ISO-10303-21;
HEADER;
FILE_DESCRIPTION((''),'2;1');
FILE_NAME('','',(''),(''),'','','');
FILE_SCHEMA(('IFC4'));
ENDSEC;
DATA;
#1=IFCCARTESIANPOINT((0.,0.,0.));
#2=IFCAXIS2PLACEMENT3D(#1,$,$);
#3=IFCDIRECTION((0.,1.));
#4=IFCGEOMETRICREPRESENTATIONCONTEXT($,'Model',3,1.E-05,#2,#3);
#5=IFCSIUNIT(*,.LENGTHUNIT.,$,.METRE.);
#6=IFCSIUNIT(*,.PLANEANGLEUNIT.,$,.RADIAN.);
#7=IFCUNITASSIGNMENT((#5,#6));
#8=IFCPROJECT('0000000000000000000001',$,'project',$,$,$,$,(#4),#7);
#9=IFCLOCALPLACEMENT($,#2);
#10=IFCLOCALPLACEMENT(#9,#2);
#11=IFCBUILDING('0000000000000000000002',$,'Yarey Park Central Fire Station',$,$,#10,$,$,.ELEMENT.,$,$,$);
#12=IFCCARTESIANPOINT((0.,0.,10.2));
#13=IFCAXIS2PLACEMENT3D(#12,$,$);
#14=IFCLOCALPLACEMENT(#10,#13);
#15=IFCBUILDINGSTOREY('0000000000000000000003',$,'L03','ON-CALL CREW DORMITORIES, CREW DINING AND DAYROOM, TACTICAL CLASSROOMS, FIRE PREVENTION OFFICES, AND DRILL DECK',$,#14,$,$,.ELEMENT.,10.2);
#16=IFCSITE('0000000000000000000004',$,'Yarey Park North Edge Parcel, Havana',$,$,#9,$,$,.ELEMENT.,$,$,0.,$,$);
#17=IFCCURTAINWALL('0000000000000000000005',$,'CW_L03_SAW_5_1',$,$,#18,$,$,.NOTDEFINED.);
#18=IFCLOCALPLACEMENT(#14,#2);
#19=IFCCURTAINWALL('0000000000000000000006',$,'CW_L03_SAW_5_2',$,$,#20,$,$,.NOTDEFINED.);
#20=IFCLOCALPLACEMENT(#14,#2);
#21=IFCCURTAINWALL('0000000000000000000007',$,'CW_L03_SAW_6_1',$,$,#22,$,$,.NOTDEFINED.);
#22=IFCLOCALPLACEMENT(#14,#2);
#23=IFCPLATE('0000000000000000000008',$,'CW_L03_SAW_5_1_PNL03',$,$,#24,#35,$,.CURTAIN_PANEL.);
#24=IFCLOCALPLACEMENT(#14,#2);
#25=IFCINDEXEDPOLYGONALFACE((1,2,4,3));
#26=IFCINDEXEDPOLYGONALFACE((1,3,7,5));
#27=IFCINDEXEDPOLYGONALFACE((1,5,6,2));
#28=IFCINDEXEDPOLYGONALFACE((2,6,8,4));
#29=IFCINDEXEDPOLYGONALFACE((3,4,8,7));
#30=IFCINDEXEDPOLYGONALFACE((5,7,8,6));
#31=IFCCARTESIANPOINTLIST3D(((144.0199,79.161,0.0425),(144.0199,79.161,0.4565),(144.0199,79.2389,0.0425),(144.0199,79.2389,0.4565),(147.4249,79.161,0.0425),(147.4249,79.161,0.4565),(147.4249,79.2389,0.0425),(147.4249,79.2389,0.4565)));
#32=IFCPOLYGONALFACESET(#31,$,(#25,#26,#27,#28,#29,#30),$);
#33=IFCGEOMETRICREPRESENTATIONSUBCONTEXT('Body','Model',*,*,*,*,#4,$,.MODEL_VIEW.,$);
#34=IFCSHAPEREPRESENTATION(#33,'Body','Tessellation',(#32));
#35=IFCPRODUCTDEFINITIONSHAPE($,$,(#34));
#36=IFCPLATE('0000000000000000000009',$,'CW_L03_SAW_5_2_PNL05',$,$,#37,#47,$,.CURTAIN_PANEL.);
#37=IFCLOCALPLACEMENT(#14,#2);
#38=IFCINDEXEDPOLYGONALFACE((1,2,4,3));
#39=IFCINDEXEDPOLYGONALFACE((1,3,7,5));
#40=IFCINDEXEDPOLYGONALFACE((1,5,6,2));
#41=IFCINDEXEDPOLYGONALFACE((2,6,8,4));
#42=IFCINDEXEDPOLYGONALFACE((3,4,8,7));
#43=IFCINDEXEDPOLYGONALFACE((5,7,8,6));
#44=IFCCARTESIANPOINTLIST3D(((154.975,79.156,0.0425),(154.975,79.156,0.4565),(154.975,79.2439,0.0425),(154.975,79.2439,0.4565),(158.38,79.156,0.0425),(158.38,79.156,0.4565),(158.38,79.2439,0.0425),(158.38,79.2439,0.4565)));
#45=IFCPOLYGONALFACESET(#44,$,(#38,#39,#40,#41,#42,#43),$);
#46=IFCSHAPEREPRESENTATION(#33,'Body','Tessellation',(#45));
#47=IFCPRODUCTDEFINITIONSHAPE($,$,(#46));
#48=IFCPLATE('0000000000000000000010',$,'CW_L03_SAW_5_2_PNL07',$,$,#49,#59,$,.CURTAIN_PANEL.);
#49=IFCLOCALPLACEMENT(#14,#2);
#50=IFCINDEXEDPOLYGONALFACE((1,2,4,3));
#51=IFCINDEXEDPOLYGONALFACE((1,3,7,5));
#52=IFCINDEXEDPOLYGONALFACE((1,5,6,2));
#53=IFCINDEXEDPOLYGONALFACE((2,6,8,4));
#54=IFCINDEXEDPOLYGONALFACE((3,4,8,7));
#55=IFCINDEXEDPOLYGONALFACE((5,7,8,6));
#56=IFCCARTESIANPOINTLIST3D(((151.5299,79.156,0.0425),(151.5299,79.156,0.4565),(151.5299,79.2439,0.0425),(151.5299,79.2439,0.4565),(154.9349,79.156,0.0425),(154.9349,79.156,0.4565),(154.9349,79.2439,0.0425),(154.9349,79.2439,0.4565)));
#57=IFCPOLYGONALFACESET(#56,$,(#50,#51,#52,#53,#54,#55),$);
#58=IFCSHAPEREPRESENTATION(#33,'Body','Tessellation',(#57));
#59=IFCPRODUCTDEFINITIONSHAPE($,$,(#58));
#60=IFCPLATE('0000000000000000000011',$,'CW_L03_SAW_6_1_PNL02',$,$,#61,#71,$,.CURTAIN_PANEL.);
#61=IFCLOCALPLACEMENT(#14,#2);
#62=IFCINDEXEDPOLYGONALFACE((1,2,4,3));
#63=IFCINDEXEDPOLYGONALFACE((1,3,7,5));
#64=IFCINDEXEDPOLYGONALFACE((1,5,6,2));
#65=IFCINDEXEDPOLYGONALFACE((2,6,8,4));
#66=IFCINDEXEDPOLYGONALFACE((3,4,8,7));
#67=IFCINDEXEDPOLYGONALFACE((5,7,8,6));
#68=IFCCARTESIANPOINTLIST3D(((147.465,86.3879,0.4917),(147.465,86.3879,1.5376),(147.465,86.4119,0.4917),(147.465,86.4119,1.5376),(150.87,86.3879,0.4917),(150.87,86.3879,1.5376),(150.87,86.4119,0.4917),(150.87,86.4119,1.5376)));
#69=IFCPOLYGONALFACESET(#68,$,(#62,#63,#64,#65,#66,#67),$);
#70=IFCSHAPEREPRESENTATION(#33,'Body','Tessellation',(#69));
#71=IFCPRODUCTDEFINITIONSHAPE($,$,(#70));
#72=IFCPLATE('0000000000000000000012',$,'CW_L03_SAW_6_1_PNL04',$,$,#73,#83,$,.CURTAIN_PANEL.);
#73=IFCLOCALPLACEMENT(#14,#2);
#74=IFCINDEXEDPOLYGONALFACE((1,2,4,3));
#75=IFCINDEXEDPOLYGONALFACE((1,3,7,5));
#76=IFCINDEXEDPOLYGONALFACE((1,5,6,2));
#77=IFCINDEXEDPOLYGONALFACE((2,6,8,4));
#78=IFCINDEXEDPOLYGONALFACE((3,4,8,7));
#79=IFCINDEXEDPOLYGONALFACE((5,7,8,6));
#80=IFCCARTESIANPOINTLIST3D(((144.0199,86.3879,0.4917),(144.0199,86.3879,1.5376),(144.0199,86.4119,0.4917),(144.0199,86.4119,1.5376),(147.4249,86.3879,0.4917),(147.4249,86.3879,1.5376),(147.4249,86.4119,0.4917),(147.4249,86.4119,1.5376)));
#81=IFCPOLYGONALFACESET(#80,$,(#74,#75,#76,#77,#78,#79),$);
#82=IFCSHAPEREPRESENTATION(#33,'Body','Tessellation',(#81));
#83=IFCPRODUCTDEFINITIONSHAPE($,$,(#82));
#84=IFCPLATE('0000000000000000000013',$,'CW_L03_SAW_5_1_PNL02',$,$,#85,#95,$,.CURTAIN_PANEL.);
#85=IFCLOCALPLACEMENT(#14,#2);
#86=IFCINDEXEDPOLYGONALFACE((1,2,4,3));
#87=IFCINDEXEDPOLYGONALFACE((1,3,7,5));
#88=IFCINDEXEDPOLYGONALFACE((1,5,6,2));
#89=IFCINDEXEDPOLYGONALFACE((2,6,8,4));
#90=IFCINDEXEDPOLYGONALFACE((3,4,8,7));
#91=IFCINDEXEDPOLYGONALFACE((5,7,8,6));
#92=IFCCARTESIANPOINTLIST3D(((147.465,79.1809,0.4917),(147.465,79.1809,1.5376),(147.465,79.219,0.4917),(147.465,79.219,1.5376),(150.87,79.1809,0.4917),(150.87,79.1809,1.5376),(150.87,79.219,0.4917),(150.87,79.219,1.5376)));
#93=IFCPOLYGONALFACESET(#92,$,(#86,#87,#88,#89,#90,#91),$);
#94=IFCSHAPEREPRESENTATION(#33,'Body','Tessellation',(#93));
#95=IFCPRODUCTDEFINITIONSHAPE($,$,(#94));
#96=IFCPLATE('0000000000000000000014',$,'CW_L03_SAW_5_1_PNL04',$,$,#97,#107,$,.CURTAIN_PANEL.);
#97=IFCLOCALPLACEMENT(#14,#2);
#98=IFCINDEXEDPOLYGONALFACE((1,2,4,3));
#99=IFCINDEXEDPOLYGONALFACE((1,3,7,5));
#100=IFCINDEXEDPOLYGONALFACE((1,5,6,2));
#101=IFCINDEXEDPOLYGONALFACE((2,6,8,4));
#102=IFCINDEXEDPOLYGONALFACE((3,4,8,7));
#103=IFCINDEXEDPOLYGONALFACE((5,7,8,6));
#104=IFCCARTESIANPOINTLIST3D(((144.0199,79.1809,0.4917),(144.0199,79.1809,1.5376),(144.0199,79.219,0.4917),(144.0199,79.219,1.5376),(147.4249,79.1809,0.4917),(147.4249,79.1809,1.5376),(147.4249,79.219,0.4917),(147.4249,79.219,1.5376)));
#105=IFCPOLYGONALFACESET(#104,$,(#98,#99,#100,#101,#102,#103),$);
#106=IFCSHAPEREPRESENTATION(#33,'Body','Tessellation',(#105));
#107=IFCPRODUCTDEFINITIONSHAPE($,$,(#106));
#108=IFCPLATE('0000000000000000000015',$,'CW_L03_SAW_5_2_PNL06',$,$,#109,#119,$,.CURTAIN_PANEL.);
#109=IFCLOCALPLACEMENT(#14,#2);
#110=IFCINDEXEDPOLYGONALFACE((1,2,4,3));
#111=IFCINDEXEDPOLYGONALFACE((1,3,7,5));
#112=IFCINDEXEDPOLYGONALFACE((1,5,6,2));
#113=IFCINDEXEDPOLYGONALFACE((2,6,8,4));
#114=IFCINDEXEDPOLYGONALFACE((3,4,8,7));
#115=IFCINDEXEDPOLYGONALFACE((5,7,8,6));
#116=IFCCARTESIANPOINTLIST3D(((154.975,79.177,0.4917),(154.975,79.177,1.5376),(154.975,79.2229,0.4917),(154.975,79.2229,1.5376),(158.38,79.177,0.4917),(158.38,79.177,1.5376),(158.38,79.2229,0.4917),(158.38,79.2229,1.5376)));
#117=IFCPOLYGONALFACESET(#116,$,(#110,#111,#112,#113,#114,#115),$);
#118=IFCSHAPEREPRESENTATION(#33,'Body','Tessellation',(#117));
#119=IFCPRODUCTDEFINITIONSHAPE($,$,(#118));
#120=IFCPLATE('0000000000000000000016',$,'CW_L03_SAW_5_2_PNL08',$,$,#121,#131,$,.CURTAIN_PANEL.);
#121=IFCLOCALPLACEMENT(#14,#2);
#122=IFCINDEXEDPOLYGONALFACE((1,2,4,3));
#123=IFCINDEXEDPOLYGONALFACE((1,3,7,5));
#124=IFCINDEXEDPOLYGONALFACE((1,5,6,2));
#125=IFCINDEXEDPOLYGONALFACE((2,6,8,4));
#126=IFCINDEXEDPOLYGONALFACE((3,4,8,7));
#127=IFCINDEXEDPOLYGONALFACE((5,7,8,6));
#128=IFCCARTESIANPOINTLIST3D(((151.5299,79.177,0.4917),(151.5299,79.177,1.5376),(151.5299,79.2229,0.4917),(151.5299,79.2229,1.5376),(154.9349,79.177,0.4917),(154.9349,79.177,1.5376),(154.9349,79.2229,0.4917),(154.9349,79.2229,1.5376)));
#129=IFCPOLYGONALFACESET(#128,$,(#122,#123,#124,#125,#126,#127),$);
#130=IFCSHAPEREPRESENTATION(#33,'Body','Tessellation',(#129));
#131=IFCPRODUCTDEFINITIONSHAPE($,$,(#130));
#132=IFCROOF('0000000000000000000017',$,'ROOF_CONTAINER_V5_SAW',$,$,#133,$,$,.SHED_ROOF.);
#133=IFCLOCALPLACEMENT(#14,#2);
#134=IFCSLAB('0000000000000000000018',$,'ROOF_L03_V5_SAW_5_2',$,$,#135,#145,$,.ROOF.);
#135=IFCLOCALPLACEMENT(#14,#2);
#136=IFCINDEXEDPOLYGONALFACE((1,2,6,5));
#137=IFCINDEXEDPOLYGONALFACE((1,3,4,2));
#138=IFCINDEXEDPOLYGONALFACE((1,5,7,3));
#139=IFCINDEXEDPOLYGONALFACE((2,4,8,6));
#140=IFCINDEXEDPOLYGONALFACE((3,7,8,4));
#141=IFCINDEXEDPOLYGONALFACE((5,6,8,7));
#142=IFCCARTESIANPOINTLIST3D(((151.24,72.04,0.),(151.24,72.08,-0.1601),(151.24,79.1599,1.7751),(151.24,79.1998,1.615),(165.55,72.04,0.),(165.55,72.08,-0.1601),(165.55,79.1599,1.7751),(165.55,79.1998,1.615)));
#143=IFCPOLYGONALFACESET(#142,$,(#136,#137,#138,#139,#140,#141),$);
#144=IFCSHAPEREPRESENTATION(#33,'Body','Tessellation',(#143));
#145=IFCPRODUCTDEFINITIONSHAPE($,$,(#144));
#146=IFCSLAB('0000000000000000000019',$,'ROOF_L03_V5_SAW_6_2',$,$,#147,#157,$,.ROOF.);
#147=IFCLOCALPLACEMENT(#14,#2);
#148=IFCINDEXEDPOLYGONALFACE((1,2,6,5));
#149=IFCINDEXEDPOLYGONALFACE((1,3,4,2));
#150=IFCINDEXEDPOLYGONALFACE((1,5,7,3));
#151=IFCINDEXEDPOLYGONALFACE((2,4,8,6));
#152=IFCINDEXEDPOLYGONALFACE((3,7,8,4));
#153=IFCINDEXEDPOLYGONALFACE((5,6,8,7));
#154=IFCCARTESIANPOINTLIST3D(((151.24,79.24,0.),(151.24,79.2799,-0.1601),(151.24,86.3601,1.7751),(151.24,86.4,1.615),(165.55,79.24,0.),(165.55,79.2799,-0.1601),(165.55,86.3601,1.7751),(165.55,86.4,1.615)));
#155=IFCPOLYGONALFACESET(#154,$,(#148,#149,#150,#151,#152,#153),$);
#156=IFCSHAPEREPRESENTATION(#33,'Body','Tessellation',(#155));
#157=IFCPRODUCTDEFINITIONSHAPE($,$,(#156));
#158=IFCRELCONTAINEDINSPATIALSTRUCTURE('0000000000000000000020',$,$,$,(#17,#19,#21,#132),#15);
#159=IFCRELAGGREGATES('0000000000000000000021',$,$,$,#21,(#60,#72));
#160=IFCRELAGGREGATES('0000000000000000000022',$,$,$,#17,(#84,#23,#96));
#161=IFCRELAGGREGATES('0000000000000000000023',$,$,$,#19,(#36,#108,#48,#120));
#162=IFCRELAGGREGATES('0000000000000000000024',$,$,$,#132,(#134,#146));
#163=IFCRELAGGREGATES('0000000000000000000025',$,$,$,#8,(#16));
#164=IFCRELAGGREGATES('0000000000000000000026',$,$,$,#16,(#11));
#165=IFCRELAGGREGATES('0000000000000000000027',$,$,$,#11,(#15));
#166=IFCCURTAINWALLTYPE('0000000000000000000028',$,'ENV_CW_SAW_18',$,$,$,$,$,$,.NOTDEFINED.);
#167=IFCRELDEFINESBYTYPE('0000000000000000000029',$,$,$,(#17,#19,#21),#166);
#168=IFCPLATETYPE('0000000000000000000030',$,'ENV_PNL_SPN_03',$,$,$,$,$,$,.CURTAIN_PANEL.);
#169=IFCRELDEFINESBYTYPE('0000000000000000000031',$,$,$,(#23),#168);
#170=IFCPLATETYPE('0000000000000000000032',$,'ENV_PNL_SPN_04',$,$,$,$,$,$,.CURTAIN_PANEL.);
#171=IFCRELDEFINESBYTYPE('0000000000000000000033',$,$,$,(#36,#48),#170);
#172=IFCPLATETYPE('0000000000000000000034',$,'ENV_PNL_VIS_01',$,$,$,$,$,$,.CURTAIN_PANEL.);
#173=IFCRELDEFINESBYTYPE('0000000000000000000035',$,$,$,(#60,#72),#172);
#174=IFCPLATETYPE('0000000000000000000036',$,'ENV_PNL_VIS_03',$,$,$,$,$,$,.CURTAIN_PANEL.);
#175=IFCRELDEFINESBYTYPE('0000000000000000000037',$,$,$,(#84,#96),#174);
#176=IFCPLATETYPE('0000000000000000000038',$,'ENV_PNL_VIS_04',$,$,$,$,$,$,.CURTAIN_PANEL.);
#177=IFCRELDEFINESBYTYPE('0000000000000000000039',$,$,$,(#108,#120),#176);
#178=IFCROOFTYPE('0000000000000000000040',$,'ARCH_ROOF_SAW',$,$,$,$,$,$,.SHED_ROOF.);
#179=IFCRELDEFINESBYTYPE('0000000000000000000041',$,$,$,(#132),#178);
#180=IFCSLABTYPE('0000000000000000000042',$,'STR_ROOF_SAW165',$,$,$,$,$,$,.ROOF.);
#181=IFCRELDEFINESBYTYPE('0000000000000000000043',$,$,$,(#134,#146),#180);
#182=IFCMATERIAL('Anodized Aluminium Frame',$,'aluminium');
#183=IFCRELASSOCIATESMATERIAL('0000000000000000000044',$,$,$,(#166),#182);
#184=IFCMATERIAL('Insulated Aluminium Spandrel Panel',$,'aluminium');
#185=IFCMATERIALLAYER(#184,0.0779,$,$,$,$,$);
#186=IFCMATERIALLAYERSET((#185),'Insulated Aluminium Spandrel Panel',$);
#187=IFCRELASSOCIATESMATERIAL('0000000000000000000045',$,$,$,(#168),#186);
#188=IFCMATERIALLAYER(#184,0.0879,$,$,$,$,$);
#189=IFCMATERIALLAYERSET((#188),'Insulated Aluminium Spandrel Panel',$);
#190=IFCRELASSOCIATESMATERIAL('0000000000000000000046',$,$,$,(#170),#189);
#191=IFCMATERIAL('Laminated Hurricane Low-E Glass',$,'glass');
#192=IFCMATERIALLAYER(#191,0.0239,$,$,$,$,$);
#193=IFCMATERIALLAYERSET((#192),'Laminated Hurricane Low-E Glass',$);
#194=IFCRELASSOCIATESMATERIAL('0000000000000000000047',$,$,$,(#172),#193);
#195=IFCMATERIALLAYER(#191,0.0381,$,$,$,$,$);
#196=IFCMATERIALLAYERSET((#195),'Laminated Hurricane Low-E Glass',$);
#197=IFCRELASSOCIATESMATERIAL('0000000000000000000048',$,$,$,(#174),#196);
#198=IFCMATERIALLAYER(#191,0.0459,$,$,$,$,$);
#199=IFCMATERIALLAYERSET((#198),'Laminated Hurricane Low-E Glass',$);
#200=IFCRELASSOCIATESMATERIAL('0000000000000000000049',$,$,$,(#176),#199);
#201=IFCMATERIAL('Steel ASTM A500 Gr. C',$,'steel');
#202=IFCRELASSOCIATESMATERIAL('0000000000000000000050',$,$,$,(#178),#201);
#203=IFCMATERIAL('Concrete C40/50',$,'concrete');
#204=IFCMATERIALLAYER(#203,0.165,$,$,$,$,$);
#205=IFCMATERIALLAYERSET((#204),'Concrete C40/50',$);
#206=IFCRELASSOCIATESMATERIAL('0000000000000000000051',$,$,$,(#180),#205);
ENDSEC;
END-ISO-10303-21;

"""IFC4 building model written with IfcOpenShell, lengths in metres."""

from ifc_helpers import new_model, si_unit, direction, frame, origin, origin_2d, place, context, subcontext, project, spatial, polyline, rectangle, outline, extrude, material, layer, layer_set, type_object, element, aggregate, save


model = new_model("IFC4")

# Units and contexts
model_context = context("Model", 3, precision=1e-05, world=origin(), true_north=direction((0.0, 1.0)))
body_context = subcontext(model_context, "Body", "Model", "MODEL_VIEW")
ifc_project = project(units=[si_unit("LENGTHUNIT", "METRE"), si_unit("PLANEANGLEUNIT", "RADIAN")], contexts=[model_context])

# Site, building, storey
site_placement = place(None, origin())
site = spatial("IfcSite", under=ifc_project, at=site_placement, Name="Yarey Park North Edge Parcel, Havana", CompositionType="ELEMENT", RefElevation=0.0)
building_placement = place(site_placement, origin())
building = spatial("IfcBuilding", under=site, at=building_placement, Name="Yarey Park Central Fire Station", CompositionType="ELEMENT")
storey_placement = place(building_placement, frame((0.0, 0.0, 10.2)))
storey = spatial("IfcBuildingStorey", under=building, at=storey_placement, Name="L03", Description="ON-CALL CREW DORMITORIES, CREW DINING AND DAYROOM, TACTICAL CLASSROOMS, FIRE PREVENTION OFFICES, AND DRILL DECK", CompositionType="ELEMENT", Elevation=10.2)

# Curtain walls
ifc_material_1 = material(Name="Anodized Aluminium Frame", Category="aluminium")
curtain_wall_type = type_object("IfcCurtainWallType", Name="ENV_CW_SAW_18", PredefinedType="NOTDEFINED", material=ifc_material_1)
curtain_wall_1_placement = place(storey_placement, origin())
curtain_wall_1 = element("IfcCurtainWall", 1, at=curtain_wall_1_placement, inside=storey, type_object=curtain_wall_type, Name="CW_L03_SAW_5_1", PredefinedType="NOTDEFINED")
curtain_wall_2_placement = place(storey_placement, origin())
curtain_wall_2 = element("IfcCurtainWall", 2, at=curtain_wall_2_placement, inside=storey, type_object=curtain_wall_type, Name="CW_L03_SAW_5_2", PredefinedType="NOTDEFINED")
curtain_wall_3_placement = place(storey_placement, origin())
curtain_wall_3 = element("IfcCurtainWall", 3, at=curtain_wall_3_placement, inside=storey, type_object=curtain_wall_type, Name="CW_L03_SAW_6_1", PredefinedType="NOTDEFINED")

# Shared definitions
ifc_material_2 = material(Name="Steel ASTM A500 Gr. C", Category="steel")

# Plates
ifc_material_3 = material(Name="Insulated Aluminium Spandrel Panel", Category="aluminium")
ifc_layer_1 = layer(ifc_material_3, 0.0779)
ifc_layer_set_1 = layer_set([ifc_layer_1], Name="Insulated Aluminium Spandrel Panel")
plate_type_1 = type_object("IfcPlateType", Name="ENV_PNL_SPN_03", PredefinedType="CURTAIN_PANEL", material=ifc_layer_set_1)
plate_1_placement = place(storey_placement, frame((145.7224, 79.2, 0.0425), z_axis=(0.0, 0.0, 1.0), x_axis=(-1.0, 0.0, 0.0)))
plate_1 = element("IfcPlate", 4, at=plate_1_placement, type_object=plate_type_1, Name="CW_L03_SAW_5_1_PNL03", PredefinedType="CURTAIN_PANEL", context=body_context, shape_type="SweptSolid", body=[
    extrude(rectangle(XDim=3.405, YDim=0.0779, at=origin_2d()), origin(), (0.0, 0.0, 1.0), 0.4141),
])
ifc_layer_2 = layer(ifc_material_3, 0.0879)
ifc_layer_set_2 = layer_set([ifc_layer_2], Name="Insulated Aluminium Spandrel Panel")
plate_type_2 = type_object("IfcPlateType", Name="ENV_PNL_SPN_04", PredefinedType="CURTAIN_PANEL", material=ifc_layer_set_2)
plate_2_placement = place(storey_placement, frame((156.6775, 79.2, 0.0425), z_axis=(0.0, 0.0, 1.0), x_axis=(-1.0, 0.0, 0.0)))
plate_2 = element("IfcPlate", 5, at=plate_2_placement, type_object=plate_type_2, Name="CW_L03_SAW_5_2_PNL05", PredefinedType="CURTAIN_PANEL", context=body_context, shape_type="SweptSolid", body=[
    extrude(rectangle(XDim=3.405, YDim=0.0879, at=origin_2d()), origin(), (0.0, 0.0, 1.0), 0.4141),
])
plate_3_placement = place(storey_placement, frame((153.2324, 79.2, 0.0425), z_axis=(0.0, 0.0, 1.0), x_axis=(-1.0, 0.0, 0.0)))
plate_3 = element("IfcPlate", 6, at=plate_3_placement, type_object=plate_type_2, Name="CW_L03_SAW_5_2_PNL07", PredefinedType="CURTAIN_PANEL", context=body_context, shape_type="SweptSolid", body=[
    extrude(rectangle(XDim=3.405, YDim=0.0879, at=origin_2d()), origin(), (0.0, 0.0, 1.0), 0.4141),
])
ifc_material_4 = material(Name="Laminated Hurricane Low-E Glass", Category="glass")
ifc_layer_3 = layer(ifc_material_4, 0.0239)
ifc_layer_set_3 = layer_set([ifc_layer_3], Name="Laminated Hurricane Low-E Glass")
plate_type_3 = type_object("IfcPlateType", Name="ENV_PNL_VIS_01", PredefinedType="CURTAIN_PANEL", material=ifc_layer_set_3)
plate_4_placement = place(storey_placement, frame((149.1675, 86.3999, 0.4917), z_axis=(0.0, 0.0, 1.0), x_axis=(-1.0, 0.0, 0.0)))
plate_4 = element("IfcPlate", 7, at=plate_4_placement, type_object=plate_type_3, Name="CW_L03_SAW_6_1_PNL02", PredefinedType="CURTAIN_PANEL", context=body_context, shape_type="SweptSolid", body=[
    extrude(rectangle(XDim=3.405, YDim=0.0239, at=origin_2d()), origin(), (0.0, 0.0, 1.0), 1.0459),
])
plate_5_placement = place(storey_placement, frame((145.7224, 86.3999, 0.4917), z_axis=(0.0, 0.0, 1.0), x_axis=(-1.0, 0.0, 0.0)))
plate_5 = element("IfcPlate", 8, at=plate_5_placement, type_object=plate_type_3, Name="CW_L03_SAW_6_1_PNL04", PredefinedType="CURTAIN_PANEL", context=body_context, shape_type="SweptSolid", body=[
    extrude(rectangle(XDim=3.405, YDim=0.0239, at=origin_2d()), origin(), (0.0, 0.0, 1.0), 1.0459),
])
aggregate(curtain_wall_3, [plate_4, plate_5])
ifc_layer_4 = layer(ifc_material_4, 0.0381)
ifc_layer_set_4 = layer_set([ifc_layer_4], Name="Laminated Hurricane Low-E Glass")
plate_type_4 = type_object("IfcPlateType", Name="ENV_PNL_VIS_03", PredefinedType="CURTAIN_PANEL", material=ifc_layer_set_4)
plate_6_placement = place(storey_placement, frame((149.1675, 79.2, 0.4917), z_axis=(0.0, 0.0, 1.0), x_axis=(-1.0, 0.0, 0.0)))
plate_6 = element("IfcPlate", 9, at=plate_6_placement, type_object=plate_type_4, Name="CW_L03_SAW_5_1_PNL02", PredefinedType="CURTAIN_PANEL", context=body_context, shape_type="SweptSolid", body=[
    extrude(rectangle(XDim=3.405, YDim=0.0381, at=origin_2d()), origin(), (0.0, 0.0, 1.0), 1.0459),
])
plate_7_placement = place(storey_placement, frame((145.7224, 79.2, 0.4917), z_axis=(0.0, 0.0, 1.0), x_axis=(-1.0, 0.0, 0.0)))
plate_7 = element("IfcPlate", 10, at=plate_7_placement, type_object=plate_type_4, Name="CW_L03_SAW_5_1_PNL04", PredefinedType="CURTAIN_PANEL", context=body_context, shape_type="SweptSolid", body=[
    extrude(rectangle(XDim=3.405, YDim=0.0381, at=origin_2d()), origin(), (0.0, 0.0, 1.0), 1.0459),
])
aggregate(curtain_wall_1, [plate_6, plate_1, plate_7])
ifc_layer_5 = layer(ifc_material_4, 0.0459)
ifc_layer_set_5 = layer_set([ifc_layer_5], Name="Laminated Hurricane Low-E Glass")
plate_type_5 = type_object("IfcPlateType", Name="ENV_PNL_VIS_04", PredefinedType="CURTAIN_PANEL", material=ifc_layer_set_5)
plate_8_placement = place(storey_placement, frame((156.6775, 79.2, 0.4917), z_axis=(0.0, 0.0, 1.0), x_axis=(-1.0, 0.0, 0.0)))
plate_8 = element("IfcPlate", 11, at=plate_8_placement, type_object=plate_type_5, Name="CW_L03_SAW_5_2_PNL06", PredefinedType="CURTAIN_PANEL", context=body_context, shape_type="SweptSolid", body=[
    extrude(rectangle(XDim=3.405, YDim=0.0459, at=origin_2d()), origin(), (0.0, 0.0, 1.0), 1.0459),
])
plate_9_placement = place(storey_placement, frame((153.2324, 79.2, 0.4917), z_axis=(0.0, 0.0, 1.0), x_axis=(-1.0, 0.0, 0.0)))
plate_9 = element("IfcPlate", 12, at=plate_9_placement, type_object=plate_type_5, Name="CW_L03_SAW_5_2_PNL08", PredefinedType="CURTAIN_PANEL", context=body_context, shape_type="SweptSolid", body=[
    extrude(rectangle(XDim=3.405, YDim=0.0459, at=origin_2d()), origin(), (0.0, 0.0, 1.0), 1.0459),
])
aggregate(curtain_wall_2, [plate_2, plate_8, plate_3, plate_9])

# Roof, slabs
roof_type = type_object("IfcRoofType", Name="ARCH_ROOF_SAW", PredefinedType="SHED_ROOF", material=ifc_material_2)
roof_placement = place(storey_placement, origin())
roof = element("IfcRoof", 13, at=roof_placement, inside=storey, type_object=roof_type, Name="ROOF_CONTAINER_V5_SAW", PredefinedType="SHED_ROOF")
ifc_material_5 = material(Name="Concrete C40/50", Category="concrete")
ifc_layer_6 = layer(ifc_material_5, 0.165)
ifc_layer_set_6 = layer_set([ifc_layer_6], Name="Concrete C40/50")
slab_type = type_object("IfcSlabType", Name="STR_ROOF_SAW165", PredefinedType="ROOF", material=ifc_layer_set_6)
slab_1_placement = place(storey_placement, frame((151.24, 72.04, 0.0), z_axis=(0.0, -0.241917, 0.970297), x_axis=(1.0, 0.0, 0.0)))
slab_1 = element("IfcSlab", 14, at=slab_1_placement, type_object=slab_type, Name="ROOF_L03_V5_SAW_5_2", PredefinedType="ROOF", context=body_context, shape_type="SweptSolid", body=[
    extrude(outline(polyline([(0.0, 0.0), (14.3101, 0.0), (14.3101, 7.3378), (0.0, 7.3378), (0.0, 0.0)])), origin(), (0.0, 0.0, -1.0), 0.165),
])
slab_2_placement = place(storey_placement, frame((151.24, 79.24, 0.0), z_axis=(0.0, -0.241909, 0.970299), x_axis=(1.0, 0.0, 0.0)))
slab_2 = element("IfcSlab", 15, at=slab_2_placement, type_object=slab_type, Name="ROOF_L03_V5_SAW_6_2", PredefinedType="ROOF", context=body_context, shape_type="SweptSolid", body=[
    extrude(outline(polyline([(0.0, 0.0), (14.3101, 0.0), (14.3101, 7.3381), (0.0, 7.3381), (0.0, 0.0)])), origin(), (0.0, 0.0, -1.0), 0.165),
])
aggregate(roof, [slab_1, slab_2])

save(model, "model.ifc")
